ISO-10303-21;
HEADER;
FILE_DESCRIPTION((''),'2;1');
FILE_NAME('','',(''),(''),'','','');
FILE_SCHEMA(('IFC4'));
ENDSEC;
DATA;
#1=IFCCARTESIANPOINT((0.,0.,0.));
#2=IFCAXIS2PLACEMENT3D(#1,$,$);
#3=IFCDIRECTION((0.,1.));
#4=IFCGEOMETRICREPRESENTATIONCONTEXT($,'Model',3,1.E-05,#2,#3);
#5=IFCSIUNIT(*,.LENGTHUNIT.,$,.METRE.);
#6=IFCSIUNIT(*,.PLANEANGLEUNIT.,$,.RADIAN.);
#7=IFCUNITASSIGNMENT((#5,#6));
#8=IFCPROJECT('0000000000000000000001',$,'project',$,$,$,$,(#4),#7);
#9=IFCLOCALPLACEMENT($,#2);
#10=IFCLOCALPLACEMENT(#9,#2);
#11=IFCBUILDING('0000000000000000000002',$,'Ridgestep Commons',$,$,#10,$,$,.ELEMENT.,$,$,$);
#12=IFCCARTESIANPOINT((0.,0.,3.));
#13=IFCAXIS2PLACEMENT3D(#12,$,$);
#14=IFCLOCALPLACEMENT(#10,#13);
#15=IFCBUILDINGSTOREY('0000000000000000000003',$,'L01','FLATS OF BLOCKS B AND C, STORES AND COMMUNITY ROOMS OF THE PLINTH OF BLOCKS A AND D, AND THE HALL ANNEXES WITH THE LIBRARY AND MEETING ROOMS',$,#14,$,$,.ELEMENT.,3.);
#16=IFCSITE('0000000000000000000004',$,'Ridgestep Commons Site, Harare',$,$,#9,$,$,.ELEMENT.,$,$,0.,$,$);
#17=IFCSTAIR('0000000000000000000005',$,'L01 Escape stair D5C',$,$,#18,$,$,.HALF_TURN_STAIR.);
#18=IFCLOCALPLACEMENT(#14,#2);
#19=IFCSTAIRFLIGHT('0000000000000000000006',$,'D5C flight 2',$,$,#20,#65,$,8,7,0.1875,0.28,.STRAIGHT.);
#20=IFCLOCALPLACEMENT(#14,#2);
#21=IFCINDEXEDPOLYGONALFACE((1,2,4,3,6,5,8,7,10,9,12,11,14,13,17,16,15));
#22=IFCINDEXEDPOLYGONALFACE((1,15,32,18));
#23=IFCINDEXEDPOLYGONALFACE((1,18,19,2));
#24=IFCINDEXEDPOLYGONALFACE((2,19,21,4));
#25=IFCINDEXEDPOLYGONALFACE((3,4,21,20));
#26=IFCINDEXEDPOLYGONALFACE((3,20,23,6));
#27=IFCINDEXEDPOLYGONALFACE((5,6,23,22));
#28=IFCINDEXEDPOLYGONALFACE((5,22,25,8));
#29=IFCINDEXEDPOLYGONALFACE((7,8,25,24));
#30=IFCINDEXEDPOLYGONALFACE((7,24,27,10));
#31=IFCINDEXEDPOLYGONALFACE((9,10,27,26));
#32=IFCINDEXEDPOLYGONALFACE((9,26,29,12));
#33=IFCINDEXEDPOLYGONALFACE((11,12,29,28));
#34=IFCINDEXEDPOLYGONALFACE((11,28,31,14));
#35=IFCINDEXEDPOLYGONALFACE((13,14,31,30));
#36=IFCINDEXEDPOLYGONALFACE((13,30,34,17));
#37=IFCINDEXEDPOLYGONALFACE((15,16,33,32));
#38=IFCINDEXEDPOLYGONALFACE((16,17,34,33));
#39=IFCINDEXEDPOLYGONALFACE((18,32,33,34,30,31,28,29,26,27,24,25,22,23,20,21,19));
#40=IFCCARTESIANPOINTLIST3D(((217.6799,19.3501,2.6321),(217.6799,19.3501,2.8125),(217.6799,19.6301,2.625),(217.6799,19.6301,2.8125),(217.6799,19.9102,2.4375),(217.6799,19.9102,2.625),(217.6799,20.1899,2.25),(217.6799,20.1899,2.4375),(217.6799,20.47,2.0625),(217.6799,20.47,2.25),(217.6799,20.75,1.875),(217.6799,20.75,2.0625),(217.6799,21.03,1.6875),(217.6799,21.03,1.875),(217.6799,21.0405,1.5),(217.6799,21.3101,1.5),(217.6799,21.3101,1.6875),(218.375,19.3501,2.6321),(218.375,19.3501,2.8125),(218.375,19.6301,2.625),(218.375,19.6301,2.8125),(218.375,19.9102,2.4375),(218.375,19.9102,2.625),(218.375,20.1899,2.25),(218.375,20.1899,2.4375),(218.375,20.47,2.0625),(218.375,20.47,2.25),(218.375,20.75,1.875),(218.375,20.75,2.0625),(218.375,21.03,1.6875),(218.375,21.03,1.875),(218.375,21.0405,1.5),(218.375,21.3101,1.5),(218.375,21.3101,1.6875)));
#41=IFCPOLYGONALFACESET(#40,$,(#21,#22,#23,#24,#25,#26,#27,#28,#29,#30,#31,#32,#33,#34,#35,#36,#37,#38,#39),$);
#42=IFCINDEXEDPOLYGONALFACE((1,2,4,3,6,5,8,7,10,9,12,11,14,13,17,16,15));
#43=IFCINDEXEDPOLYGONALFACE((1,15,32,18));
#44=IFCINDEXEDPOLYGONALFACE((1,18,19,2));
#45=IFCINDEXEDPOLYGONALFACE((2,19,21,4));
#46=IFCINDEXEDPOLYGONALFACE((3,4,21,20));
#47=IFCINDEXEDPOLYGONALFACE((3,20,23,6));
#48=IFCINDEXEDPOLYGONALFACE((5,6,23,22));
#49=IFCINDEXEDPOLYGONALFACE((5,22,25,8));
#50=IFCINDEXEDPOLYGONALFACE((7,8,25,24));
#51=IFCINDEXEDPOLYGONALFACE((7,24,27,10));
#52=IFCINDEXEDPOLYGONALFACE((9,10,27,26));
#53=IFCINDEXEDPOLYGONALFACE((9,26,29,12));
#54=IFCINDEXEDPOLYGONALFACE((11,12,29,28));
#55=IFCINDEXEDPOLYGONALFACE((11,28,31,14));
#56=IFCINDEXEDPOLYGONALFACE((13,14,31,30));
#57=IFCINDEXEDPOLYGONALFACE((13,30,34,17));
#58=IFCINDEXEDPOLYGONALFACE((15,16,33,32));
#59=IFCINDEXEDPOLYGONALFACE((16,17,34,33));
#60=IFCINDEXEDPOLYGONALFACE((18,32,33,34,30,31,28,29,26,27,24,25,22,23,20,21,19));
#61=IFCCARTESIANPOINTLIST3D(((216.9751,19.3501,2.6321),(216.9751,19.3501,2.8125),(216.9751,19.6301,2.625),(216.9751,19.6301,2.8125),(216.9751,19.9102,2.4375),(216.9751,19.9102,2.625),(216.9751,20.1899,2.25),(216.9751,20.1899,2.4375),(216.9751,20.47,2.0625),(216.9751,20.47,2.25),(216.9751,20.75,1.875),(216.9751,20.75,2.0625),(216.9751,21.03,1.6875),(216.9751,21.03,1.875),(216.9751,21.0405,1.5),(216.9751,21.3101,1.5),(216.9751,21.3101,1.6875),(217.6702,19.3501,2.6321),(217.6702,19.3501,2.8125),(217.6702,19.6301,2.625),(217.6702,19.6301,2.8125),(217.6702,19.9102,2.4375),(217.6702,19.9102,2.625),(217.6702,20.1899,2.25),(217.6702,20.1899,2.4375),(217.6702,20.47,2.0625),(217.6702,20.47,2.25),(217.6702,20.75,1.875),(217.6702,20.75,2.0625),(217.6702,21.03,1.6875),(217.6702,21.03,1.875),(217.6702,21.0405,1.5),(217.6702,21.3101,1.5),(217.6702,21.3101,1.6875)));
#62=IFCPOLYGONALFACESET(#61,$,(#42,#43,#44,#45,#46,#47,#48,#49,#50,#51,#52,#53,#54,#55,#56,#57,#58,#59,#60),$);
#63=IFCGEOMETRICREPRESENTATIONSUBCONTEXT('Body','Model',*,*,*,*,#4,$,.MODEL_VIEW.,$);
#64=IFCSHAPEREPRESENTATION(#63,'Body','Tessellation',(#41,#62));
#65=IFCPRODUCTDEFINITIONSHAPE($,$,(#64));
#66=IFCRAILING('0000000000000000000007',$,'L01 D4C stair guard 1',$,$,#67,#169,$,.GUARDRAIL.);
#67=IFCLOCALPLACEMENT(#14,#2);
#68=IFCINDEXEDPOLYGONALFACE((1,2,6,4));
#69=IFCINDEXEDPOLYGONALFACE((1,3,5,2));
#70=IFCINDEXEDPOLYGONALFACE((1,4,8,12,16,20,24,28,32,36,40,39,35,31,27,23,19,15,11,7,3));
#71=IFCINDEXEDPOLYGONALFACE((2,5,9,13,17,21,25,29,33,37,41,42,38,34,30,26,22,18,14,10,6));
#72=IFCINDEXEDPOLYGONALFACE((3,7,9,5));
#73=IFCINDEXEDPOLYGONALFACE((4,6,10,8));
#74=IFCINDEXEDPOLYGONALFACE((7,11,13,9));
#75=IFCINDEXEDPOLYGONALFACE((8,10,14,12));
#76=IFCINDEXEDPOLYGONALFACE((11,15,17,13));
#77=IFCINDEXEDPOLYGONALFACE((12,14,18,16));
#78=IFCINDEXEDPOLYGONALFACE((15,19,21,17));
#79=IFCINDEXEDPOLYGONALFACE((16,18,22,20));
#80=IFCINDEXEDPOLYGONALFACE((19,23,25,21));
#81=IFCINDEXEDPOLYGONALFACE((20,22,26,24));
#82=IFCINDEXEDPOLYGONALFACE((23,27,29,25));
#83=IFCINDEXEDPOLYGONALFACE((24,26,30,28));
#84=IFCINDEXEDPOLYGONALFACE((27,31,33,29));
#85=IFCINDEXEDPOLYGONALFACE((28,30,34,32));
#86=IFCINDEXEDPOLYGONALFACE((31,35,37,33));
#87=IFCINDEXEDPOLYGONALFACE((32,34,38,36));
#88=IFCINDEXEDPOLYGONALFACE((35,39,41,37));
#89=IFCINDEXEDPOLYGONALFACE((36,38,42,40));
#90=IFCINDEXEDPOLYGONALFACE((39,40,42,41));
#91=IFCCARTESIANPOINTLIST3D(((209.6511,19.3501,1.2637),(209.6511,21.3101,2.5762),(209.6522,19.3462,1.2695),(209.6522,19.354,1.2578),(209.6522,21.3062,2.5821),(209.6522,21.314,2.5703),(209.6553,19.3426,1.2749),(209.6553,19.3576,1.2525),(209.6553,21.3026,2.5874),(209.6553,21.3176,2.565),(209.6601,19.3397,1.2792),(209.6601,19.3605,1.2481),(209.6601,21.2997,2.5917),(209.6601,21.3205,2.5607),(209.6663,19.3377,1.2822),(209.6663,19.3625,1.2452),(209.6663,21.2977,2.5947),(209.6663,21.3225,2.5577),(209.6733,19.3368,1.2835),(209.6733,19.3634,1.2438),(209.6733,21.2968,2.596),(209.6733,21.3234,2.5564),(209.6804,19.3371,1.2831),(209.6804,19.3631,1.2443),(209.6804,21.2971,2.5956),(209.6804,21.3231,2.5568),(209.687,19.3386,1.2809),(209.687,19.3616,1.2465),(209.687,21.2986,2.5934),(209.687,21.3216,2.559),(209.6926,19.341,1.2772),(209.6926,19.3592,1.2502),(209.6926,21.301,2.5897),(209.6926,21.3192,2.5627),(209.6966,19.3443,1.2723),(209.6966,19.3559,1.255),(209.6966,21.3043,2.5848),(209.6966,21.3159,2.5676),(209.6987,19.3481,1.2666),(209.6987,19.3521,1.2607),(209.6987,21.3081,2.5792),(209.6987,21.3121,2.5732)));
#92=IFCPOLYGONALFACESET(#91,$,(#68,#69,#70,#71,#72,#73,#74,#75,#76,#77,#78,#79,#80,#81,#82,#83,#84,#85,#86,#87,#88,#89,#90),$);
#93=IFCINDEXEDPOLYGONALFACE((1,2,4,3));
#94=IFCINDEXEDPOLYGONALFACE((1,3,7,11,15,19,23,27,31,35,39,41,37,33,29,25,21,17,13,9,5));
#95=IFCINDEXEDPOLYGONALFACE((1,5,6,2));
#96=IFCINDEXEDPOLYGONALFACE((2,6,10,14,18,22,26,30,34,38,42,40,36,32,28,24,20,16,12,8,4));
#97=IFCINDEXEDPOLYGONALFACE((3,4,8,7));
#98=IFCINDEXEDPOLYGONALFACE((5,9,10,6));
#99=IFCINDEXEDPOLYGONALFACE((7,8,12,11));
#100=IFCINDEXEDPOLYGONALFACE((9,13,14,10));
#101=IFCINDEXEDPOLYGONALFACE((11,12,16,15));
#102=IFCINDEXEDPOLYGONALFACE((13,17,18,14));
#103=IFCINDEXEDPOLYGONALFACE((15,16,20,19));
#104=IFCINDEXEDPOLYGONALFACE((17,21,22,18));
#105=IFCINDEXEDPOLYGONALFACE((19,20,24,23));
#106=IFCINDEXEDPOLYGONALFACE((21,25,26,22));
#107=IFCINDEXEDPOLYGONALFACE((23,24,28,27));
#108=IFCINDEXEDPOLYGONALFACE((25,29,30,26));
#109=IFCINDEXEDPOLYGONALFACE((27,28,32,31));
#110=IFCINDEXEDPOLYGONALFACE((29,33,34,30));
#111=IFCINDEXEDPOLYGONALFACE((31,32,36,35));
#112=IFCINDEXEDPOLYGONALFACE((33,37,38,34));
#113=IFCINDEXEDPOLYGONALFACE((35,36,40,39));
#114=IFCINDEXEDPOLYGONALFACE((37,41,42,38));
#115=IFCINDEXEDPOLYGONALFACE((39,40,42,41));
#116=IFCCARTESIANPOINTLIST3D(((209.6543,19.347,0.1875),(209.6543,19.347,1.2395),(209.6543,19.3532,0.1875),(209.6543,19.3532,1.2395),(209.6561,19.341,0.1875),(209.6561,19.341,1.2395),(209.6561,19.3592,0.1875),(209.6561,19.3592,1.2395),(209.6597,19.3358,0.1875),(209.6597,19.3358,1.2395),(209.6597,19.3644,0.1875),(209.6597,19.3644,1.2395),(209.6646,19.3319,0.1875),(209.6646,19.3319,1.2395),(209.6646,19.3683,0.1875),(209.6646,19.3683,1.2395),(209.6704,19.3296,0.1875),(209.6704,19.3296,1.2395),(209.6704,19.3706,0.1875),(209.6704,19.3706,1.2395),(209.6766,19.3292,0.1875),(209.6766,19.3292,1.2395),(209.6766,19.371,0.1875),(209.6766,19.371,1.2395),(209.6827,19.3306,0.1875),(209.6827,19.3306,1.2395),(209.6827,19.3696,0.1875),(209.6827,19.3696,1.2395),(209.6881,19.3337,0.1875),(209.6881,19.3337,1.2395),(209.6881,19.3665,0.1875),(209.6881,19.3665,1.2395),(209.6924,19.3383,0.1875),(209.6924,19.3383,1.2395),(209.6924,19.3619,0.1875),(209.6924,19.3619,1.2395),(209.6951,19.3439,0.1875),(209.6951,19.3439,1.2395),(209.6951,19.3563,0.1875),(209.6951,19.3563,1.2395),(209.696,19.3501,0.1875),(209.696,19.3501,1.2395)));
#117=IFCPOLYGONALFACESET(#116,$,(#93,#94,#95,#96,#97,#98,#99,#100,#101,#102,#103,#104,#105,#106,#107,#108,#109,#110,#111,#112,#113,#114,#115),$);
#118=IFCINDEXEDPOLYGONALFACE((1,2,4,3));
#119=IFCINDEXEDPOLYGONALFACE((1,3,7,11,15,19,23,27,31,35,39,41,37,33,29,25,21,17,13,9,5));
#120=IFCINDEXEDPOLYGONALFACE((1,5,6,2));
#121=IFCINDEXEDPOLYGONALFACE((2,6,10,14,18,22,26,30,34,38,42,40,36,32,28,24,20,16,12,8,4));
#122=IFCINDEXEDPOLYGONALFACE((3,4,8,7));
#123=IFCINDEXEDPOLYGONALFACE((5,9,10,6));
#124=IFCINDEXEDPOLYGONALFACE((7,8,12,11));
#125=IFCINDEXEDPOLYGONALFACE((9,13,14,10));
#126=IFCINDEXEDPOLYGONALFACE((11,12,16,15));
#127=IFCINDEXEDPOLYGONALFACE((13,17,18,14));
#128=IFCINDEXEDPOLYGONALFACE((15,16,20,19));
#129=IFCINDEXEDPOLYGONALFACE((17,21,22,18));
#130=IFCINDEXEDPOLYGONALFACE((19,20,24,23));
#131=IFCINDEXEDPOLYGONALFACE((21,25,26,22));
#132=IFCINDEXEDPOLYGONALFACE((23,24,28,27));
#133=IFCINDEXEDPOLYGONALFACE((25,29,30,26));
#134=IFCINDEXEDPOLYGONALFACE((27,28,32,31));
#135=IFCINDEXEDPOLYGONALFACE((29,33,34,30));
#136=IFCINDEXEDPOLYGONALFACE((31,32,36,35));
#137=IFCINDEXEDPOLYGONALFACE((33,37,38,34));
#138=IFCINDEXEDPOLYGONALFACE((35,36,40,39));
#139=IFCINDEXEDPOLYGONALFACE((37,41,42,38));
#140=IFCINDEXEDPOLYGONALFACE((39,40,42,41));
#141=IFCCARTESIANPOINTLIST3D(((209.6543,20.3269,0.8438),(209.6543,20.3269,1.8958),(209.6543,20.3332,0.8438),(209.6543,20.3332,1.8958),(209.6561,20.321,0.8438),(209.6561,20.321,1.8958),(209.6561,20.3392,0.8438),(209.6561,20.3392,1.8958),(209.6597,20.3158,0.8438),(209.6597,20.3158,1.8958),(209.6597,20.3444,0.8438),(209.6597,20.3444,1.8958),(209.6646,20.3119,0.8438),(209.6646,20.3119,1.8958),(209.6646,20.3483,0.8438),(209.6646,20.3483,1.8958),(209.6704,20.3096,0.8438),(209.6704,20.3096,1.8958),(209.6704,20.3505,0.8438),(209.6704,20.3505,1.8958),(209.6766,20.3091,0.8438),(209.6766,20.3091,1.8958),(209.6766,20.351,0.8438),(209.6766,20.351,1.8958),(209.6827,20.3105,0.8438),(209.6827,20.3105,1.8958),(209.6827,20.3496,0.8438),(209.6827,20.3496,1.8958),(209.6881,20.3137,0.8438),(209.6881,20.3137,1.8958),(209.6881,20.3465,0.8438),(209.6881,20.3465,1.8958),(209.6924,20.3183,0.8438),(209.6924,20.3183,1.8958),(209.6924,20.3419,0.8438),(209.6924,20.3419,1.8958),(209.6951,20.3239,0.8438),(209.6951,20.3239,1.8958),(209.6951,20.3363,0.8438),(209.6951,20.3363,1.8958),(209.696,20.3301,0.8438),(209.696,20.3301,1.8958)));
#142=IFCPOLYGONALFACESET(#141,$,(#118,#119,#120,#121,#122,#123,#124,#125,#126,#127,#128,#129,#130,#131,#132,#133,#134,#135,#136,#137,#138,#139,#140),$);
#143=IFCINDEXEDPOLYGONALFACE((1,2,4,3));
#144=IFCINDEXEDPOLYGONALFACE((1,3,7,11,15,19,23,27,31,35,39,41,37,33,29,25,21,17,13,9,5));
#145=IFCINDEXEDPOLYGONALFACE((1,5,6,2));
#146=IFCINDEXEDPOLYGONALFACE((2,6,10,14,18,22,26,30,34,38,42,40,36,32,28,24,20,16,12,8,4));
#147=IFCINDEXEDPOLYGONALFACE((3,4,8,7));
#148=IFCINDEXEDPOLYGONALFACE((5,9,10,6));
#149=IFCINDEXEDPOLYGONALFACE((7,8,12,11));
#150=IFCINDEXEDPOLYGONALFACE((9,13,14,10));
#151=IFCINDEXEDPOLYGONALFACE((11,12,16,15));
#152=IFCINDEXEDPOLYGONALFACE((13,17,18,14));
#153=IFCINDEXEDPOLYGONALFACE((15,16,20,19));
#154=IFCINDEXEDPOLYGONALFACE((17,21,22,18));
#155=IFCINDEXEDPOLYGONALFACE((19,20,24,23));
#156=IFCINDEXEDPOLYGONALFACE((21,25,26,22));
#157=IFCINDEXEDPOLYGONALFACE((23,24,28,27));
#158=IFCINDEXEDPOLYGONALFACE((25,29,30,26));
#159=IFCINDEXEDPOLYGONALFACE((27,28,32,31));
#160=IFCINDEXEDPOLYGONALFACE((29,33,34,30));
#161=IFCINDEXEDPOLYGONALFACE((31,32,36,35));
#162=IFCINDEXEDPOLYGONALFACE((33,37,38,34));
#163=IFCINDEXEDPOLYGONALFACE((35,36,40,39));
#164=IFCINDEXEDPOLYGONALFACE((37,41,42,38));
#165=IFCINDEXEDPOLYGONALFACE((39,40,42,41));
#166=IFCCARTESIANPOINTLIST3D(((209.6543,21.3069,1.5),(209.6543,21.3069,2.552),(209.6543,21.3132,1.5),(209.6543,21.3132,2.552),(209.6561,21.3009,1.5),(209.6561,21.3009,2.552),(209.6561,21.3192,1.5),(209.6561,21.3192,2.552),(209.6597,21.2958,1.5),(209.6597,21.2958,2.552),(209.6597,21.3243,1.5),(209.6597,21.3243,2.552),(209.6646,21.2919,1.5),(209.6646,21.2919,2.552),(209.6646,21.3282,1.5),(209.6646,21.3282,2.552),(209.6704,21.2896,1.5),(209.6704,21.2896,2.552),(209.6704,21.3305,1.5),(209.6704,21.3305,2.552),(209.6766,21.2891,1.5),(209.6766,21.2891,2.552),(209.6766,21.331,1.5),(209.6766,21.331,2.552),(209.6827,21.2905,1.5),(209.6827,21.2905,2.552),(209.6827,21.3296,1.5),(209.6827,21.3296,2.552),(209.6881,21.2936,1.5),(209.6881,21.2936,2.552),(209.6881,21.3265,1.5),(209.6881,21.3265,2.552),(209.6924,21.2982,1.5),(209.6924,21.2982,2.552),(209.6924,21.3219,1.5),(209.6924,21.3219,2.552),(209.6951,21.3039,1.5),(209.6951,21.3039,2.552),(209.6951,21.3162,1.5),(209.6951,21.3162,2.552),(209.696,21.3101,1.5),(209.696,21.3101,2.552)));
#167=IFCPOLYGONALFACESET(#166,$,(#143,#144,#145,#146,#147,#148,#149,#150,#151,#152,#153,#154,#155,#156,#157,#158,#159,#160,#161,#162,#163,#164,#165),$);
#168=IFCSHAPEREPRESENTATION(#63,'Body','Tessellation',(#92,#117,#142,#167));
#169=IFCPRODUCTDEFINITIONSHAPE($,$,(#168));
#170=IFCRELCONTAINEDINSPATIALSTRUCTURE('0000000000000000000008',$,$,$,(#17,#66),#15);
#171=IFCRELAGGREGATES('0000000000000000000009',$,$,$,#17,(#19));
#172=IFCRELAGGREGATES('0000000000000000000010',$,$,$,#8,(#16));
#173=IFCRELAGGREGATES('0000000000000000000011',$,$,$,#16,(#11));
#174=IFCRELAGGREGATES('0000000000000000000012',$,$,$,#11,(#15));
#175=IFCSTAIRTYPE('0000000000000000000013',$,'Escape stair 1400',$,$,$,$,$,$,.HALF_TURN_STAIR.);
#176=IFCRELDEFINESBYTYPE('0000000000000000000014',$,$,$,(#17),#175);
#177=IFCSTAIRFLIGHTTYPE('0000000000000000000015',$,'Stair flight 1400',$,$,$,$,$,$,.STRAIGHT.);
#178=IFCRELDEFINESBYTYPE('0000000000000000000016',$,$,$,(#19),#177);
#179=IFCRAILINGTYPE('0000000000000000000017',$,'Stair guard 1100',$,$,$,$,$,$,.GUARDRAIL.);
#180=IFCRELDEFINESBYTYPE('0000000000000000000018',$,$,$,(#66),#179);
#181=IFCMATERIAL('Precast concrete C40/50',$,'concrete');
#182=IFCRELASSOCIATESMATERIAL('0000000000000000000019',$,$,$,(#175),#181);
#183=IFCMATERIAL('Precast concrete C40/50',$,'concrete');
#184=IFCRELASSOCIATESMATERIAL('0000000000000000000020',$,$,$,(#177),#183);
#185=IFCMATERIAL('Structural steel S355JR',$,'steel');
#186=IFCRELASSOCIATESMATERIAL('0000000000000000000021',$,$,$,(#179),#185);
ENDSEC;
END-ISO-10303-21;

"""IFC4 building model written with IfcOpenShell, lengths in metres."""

from ifc_helpers import new_model, si_unit, direction, frame, origin, origin_2d, place, context, subcontext, project, spatial, polyline, circle, outline, extrude, material, type_object, element, aggregate, save


model = new_model("IFC4")

# Units and contexts
model_context = context("Model", 3, precision=1e-05, world=origin(), true_north=direction((0.0, 1.0)))
body_context = subcontext(model_context, "Body", "Model", "MODEL_VIEW")
ifc_project = project(units=[si_unit("LENGTHUNIT", "METRE"), si_unit("PLANEANGLEUNIT", "RADIAN")], contexts=[model_context])

# Site, building, storey
site_placement = place(None, origin())
site = spatial("IfcSite", under=ifc_project, at=site_placement, Name="Ridgestep Commons Site, Harare", CompositionType="ELEMENT", RefElevation=0.0)
building_placement = place(site_placement, origin())
building = spatial("IfcBuilding", under=site, at=building_placement, Name="Ridgestep Commons", CompositionType="ELEMENT")
storey_placement = place(building_placement, frame((0.0, 0.0, 3.0)))
storey = spatial("IfcBuildingStorey", under=building, at=storey_placement, Name="L01", Description="FLATS OF BLOCKS B AND C, STORES AND COMMUNITY ROOMS OF THE PLINTH OF BLOCKS A AND D, AND THE HALL ANNEXES WITH THE LIBRARY AND MEETING ROOMS", CompositionType="ELEMENT", Elevation=3.0)

# Shared definitions
ifc_material_1 = material(Name="Precast concrete C40/50", Category="concrete")
stair_type = type_object("IfcStairType", Name="Escape stair 1400", PredefinedType="HALF_TURN_STAIR", material=ifc_material_1)
ifc_material_2 = material(Name="Precast concrete C40/50", Category="concrete")
stair_flight_type = type_object("IfcStairFlightType", Name="Stair flight 1400", PredefinedType="STRAIGHT", material=ifc_material_2)

# Stair, stair flight
stair_1_placement = place(storey_placement, origin())
stair_1 = element("IfcStair", 1, at=stair_1_placement, inside=storey, type_object=stair_type, Name="L01 Escape stair D5C", PredefinedType="HALF_TURN_STAIR")
stair_flight_1_placement = place(storey_placement, frame((217.675, 21.3101, 1.5), z_axis=(0.0, 0.0, 1.0), x_axis=(0.0, -1.0, 0.0)))
stair_flight_1 = element("IfcStairFlight", 2, at=stair_flight_1_placement, type_object=stair_flight_type, Name="D5C flight 2", NumberOfRisers=8, NumberOfTreads=7, PredefinedType="STRAIGHT", RiserHeight=0.1875, TreadLength=0.28, context=body_context, shape_type="SweptSolid", body=[
    extrude(outline(polyline([(0.0, 0.0), (0.0, 0.1875), (0.28, 0.1875), (0.28, 0.375), (0.5601, 0.375), (0.5601, 0.5625), (0.8401, 0.5625), (0.8401, 0.75), (1.1201, 0.75), (1.1201, 0.9375), (1.3999, 0.9375), (1.3999, 1.125), (1.6799, 1.125), (1.6799, 1.3125), (1.96, 1.3125), (1.96, 1.5), (1.96, 1.1321), (0.2695, 0.0), (0.0, 0.0)])), frame((0.0, 0.7, 0.0), z_axis=(0.0, -1.0, 0.0), x_axis=(1.0, 0.0, 0.0)), (0.0, 0.0, 1.0), 0.6951),
    extrude(outline(polyline([(0.0, 0.0), (0.0, 0.1875), (0.28, 0.1875), (0.28, 0.375), (0.5601, 0.375), (0.5601, 0.5625), (0.8401, 0.5625), (0.8401, 0.75), (1.1201, 0.75), (1.1201, 0.9375), (1.3999, 0.9375), (1.3999, 1.125), (1.6799, 1.125), (1.6799, 1.3125), (1.96, 1.3125), (1.96, 1.5), (1.96, 1.1321), (0.2695, 0.0), (0.0, 0.0)])), frame((0.0, -0.0049, 0.0), z_axis=(0.0, -1.0, 0.0), x_axis=(1.0, 0.0, 0.0)), (0.0, 0.0, 1.0), 0.6951),
])
aggregate(stair_1, [stair_flight_1])

# Railing
ifc_material_3 = material(Name="Structural steel S355JR", Category="steel")
railing_type_1 = type_object("IfcRailingType", Name="Stair guard 1100", PredefinedType="GUARDRAIL", material=ifc_material_3)
railing_1_placement = place(storey_placement, frame((209.675, 19.3501, 0.1875)))
element("IfcRailing", 3, at=railing_1_placement, inside=storey, type_object=railing_type_1, Name="L01 D4C stair guard 1", PredefinedType="GUARDRAIL", context=body_context, shape_type="SweptSolid", body=[
    extrude(circle(Radius=0.0239, at=origin_2d()), frame((0.0, 0.0, 1.0762), z_axis=(0.0, 0.830902, 0.556419), x_axis=(-1.0, 0.0, 0.0)), (0.0, 0.0, 1.0), 2.3589),
    extrude(circle(Radius=0.021, at=origin_2d()), origin(), (0.0, 0.0, 1.0), 1.052),
    extrude(circle(Radius=0.021, at=origin_2d()), frame((0.0, 0.98, 0.6562)), (0.0, 0.0, 1.0), 1.052),
    extrude(circle(Radius=0.021, at=origin_2d()), frame((0.0, 1.96, 1.3125)), (0.0, 0.0, 1.0), 1.052),
])

save(model, "model.ifc")
